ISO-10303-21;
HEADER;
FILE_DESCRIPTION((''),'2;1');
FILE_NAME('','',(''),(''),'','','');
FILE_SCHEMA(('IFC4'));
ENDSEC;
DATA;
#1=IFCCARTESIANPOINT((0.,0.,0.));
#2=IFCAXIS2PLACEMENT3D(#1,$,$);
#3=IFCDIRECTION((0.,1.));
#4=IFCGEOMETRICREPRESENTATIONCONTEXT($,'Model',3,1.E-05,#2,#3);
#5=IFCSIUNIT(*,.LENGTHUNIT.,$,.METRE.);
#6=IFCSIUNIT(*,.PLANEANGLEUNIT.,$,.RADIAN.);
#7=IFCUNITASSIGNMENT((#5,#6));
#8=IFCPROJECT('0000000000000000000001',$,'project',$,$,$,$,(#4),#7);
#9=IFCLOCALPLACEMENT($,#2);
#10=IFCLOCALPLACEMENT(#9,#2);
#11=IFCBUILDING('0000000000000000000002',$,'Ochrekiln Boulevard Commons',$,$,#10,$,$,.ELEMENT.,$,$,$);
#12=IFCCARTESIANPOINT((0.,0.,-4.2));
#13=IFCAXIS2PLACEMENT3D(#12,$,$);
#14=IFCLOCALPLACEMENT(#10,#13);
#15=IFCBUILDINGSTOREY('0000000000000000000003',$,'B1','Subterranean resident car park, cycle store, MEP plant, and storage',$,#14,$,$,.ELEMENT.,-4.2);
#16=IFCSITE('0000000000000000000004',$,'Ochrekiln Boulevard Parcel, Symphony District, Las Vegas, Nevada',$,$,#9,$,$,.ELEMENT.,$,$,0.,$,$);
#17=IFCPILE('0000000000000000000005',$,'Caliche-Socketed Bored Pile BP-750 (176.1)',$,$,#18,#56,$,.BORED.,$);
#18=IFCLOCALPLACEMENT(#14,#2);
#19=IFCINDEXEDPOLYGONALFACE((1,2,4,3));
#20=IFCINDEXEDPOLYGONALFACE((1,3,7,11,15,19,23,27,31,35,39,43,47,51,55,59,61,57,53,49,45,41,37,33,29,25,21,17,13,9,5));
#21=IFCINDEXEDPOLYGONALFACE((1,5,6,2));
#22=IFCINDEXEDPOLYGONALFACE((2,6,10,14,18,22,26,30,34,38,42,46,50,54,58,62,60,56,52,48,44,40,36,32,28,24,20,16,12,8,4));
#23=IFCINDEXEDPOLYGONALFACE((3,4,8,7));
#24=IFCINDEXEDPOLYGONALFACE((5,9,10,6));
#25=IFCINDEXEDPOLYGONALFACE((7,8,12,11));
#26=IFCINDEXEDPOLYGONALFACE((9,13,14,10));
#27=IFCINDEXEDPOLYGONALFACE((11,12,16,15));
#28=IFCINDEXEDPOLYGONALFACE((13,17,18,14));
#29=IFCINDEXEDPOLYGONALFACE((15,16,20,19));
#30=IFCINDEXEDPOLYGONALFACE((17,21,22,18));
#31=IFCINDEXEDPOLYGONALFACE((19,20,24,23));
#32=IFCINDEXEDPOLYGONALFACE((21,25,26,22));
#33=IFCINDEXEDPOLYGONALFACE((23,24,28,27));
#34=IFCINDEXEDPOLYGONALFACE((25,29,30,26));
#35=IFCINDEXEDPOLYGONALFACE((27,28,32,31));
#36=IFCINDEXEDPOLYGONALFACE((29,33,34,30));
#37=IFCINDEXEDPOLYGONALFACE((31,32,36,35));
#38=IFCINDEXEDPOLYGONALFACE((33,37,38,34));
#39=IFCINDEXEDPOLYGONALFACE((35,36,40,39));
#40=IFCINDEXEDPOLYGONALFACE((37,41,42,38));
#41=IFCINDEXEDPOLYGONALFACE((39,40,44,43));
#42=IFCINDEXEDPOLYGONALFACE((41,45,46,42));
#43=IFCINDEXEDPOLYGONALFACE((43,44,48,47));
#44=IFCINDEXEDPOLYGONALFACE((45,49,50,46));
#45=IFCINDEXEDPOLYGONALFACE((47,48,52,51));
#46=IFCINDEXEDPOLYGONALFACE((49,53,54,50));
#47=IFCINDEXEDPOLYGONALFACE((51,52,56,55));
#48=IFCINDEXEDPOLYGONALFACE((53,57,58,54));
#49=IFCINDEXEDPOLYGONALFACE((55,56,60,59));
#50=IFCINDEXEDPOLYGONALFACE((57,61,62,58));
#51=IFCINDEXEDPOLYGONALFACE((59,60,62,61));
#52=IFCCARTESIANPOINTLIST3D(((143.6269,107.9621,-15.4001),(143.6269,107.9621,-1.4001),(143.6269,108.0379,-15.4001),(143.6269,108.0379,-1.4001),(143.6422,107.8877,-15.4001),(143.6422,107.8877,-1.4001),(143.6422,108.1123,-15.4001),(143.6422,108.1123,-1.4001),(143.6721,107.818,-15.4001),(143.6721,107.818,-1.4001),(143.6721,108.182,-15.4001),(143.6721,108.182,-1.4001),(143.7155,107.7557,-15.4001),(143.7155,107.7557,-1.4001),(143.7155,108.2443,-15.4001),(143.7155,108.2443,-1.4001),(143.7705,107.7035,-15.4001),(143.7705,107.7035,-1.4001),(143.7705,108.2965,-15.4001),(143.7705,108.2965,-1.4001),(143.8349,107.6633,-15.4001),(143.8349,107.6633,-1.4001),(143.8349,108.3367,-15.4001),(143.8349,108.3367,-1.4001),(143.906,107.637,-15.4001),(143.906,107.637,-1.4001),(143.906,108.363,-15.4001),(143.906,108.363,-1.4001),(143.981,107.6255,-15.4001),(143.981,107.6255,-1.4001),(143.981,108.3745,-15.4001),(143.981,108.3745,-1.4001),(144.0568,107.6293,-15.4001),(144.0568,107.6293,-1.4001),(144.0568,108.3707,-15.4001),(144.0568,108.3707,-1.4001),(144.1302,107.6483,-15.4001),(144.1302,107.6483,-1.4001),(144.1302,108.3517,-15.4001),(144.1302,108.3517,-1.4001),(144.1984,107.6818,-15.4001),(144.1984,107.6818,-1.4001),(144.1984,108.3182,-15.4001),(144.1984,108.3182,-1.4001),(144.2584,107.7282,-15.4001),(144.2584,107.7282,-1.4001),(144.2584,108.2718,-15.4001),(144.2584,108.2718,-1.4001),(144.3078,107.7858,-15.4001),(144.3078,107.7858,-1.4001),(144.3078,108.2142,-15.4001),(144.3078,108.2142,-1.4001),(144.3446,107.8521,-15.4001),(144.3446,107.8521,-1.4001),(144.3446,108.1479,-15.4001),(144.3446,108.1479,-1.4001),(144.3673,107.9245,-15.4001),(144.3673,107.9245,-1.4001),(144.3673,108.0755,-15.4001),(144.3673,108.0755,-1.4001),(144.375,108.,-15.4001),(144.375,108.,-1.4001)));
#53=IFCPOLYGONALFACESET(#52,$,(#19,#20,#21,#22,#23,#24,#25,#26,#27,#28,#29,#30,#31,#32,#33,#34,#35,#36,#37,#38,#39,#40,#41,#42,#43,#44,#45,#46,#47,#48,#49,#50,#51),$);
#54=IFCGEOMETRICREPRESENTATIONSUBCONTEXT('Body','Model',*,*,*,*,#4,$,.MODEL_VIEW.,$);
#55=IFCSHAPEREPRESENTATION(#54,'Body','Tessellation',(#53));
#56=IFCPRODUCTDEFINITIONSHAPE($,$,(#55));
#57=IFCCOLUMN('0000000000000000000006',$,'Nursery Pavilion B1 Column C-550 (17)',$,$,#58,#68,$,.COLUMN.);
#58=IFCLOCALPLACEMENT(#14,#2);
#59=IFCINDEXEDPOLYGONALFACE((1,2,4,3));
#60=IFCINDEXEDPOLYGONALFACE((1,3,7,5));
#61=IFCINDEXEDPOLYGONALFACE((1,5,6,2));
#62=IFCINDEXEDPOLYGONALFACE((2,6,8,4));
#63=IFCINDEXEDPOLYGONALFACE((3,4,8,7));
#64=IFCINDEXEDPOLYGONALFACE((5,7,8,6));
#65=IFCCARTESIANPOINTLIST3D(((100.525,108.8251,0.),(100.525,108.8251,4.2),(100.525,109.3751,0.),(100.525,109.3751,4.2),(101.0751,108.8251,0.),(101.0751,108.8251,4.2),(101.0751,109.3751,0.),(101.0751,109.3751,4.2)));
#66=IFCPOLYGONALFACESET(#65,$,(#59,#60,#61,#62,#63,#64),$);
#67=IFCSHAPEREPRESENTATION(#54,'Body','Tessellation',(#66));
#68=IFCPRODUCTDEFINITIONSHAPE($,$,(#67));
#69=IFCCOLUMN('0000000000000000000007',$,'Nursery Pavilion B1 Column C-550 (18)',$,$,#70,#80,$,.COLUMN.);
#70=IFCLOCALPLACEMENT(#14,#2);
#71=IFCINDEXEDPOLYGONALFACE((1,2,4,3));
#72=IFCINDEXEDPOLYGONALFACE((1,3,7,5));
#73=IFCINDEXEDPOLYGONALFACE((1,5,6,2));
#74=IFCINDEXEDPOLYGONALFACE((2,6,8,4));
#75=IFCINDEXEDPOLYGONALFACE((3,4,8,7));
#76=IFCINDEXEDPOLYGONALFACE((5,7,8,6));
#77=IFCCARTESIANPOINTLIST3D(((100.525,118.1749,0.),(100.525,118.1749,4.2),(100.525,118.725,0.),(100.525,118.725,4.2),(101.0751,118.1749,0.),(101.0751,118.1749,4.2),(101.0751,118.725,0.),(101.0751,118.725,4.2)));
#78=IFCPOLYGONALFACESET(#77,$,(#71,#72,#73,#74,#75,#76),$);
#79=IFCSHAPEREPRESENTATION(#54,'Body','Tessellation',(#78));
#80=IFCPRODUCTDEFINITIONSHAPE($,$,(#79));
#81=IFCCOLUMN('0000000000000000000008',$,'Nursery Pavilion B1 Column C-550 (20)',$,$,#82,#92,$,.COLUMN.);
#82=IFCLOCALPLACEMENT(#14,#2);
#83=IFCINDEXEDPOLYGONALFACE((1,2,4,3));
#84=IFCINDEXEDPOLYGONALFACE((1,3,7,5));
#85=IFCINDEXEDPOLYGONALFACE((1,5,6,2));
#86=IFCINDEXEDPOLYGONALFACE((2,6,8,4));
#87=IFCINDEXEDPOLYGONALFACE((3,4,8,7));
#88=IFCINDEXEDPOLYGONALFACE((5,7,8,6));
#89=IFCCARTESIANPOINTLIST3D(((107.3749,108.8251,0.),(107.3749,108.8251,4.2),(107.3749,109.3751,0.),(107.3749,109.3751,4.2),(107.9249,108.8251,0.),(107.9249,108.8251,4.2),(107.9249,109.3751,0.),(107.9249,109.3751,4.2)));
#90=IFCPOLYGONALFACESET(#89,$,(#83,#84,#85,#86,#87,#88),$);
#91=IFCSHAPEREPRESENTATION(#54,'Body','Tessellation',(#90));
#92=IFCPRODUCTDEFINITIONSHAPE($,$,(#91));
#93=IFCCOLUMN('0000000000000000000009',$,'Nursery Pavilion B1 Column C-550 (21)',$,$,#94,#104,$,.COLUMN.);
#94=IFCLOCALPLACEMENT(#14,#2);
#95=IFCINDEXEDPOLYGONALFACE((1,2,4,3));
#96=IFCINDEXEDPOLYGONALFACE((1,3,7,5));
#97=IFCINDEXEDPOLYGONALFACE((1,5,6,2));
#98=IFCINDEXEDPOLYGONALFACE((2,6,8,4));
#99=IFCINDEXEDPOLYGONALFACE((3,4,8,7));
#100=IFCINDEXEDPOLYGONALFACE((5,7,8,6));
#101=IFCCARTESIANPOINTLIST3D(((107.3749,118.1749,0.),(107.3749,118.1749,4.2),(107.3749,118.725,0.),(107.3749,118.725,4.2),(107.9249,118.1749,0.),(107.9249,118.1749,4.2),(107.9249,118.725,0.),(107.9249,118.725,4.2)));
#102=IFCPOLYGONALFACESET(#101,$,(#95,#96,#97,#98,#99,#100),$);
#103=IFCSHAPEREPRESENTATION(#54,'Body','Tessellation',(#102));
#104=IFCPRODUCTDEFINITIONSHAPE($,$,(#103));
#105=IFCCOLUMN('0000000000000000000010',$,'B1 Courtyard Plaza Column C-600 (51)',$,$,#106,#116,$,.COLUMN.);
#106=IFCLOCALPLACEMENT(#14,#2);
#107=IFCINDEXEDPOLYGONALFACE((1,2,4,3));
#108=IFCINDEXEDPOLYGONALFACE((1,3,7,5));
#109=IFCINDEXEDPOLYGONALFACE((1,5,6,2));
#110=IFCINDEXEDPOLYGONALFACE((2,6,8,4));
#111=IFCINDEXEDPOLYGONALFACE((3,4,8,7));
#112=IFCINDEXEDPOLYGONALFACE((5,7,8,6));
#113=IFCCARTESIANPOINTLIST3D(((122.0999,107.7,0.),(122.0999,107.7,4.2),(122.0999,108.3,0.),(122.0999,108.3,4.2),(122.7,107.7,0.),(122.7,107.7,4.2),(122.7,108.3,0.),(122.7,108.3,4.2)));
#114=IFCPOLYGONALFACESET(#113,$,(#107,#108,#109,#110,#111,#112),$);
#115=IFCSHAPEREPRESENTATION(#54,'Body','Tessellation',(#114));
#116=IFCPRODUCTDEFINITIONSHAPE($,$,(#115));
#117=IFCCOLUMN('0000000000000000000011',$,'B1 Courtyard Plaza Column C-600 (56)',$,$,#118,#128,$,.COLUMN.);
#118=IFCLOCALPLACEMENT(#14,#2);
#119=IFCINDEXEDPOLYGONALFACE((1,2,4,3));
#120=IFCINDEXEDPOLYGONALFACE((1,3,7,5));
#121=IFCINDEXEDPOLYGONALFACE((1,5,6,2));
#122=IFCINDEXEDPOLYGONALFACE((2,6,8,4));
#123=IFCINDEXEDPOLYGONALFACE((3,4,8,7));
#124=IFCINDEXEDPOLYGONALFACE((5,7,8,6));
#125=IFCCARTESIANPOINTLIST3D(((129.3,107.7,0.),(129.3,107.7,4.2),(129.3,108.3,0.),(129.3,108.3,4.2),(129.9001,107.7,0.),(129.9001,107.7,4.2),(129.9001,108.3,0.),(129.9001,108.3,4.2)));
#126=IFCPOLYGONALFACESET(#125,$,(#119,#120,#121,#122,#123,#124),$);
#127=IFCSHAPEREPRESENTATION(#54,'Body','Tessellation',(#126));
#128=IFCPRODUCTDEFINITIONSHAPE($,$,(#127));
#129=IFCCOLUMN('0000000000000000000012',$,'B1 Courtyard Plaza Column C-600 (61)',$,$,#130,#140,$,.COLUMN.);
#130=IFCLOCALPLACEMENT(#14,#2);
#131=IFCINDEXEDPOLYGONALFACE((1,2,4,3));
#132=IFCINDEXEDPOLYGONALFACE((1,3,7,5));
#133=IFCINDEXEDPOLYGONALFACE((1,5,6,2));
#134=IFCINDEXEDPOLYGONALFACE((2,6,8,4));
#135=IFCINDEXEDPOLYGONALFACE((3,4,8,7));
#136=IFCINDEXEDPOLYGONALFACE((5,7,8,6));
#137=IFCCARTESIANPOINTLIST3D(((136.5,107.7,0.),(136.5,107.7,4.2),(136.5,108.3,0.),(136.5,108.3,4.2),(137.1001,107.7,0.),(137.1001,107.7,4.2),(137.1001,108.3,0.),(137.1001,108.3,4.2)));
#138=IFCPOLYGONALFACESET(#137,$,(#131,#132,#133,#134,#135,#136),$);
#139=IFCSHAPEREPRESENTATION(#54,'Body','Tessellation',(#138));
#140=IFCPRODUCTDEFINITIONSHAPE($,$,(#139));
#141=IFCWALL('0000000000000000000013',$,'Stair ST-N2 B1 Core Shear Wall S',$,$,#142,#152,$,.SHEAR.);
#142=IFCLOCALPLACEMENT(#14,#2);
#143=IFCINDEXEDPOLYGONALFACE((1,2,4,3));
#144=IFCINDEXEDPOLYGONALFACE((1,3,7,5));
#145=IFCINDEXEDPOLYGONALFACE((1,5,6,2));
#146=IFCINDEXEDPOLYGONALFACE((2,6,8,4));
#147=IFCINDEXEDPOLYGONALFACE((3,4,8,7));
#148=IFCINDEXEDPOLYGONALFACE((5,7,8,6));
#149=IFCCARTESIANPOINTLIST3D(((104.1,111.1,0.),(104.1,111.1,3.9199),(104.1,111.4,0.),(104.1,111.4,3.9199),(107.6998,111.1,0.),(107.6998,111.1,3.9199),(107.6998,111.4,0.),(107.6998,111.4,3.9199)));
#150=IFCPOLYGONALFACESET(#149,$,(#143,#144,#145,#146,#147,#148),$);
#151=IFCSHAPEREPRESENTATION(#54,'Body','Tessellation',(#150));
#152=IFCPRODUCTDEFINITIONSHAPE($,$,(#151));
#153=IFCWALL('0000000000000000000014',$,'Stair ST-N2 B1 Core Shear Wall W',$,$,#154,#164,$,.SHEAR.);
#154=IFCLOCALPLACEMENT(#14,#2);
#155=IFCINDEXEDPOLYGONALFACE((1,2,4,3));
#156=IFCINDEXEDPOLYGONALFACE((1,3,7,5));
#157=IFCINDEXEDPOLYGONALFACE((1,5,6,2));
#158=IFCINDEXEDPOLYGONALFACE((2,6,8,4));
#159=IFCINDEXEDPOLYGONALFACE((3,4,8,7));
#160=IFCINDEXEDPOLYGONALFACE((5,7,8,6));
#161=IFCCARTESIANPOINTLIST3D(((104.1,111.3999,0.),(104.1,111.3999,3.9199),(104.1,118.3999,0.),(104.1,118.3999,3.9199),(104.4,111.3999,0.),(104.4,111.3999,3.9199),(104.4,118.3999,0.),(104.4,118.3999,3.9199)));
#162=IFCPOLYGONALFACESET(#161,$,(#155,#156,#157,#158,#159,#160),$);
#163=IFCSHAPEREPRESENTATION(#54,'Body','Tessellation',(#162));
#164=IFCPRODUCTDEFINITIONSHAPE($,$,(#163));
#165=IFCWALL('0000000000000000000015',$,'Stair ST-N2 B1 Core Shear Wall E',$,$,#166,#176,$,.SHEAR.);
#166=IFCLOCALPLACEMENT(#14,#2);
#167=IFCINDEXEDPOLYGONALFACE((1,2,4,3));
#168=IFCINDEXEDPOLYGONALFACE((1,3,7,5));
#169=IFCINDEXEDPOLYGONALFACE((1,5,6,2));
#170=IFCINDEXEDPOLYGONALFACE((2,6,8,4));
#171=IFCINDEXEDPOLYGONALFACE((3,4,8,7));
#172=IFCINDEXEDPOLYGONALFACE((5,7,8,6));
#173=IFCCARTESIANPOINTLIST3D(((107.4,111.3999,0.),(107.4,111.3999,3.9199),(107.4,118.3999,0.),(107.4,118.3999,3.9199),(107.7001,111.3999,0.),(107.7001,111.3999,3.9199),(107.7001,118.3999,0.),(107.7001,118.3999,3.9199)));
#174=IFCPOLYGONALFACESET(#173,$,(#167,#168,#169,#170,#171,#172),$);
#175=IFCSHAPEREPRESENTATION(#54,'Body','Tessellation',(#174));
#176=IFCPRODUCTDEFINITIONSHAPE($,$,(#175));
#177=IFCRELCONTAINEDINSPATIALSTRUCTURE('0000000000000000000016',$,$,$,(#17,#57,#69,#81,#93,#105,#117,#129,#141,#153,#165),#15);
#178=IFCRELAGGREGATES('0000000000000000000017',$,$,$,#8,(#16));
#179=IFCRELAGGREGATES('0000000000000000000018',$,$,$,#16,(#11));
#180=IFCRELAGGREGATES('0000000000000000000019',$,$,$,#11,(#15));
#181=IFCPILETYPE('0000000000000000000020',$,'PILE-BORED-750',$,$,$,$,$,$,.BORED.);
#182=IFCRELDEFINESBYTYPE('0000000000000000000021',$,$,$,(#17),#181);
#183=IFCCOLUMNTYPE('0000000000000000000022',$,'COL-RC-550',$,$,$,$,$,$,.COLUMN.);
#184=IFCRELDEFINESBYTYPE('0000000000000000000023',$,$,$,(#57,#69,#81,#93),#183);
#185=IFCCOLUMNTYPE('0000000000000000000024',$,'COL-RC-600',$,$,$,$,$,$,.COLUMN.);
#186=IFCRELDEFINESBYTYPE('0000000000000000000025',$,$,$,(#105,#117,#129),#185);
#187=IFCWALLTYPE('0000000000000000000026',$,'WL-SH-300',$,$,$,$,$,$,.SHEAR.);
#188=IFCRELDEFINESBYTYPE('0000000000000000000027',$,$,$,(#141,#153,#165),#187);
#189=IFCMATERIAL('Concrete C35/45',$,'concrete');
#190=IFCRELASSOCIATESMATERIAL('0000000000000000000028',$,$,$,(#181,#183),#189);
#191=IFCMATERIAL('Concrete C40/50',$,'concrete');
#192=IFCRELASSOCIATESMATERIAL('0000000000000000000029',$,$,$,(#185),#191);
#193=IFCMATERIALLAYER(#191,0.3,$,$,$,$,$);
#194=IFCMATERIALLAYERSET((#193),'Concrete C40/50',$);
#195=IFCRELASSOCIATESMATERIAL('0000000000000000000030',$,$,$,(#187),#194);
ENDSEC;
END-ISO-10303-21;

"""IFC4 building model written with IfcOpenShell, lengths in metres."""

from ifc_helpers import new_model, si_unit, direction, frame, frame_2d, origin, origin_2d, place, context, subcontext, project, spatial, rectangle, circle, extrude, material, layer, layer_set, material_profile, profile_set, type_object, element, save


model = new_model("IFC4")

# Units and contexts
model_context = context("Model", 3, precision=1e-05, world=origin(), true_north=direction((0.0, 1.0)))
body_context = subcontext(model_context, "Body", "Model", "MODEL_VIEW")
ifc_project = project(units=[si_unit("LENGTHUNIT", "METRE"), si_unit("PLANEANGLEUNIT", "RADIAN")], contexts=[model_context])

# Site, building, storey
site_placement = place(None, origin())
site = spatial("IfcSite", under=ifc_project, at=site_placement, Name="Ochrekiln Boulevard Parcel, Symphony District, Las Vegas, Nevada", CompositionType="ELEMENT", RefElevation=0.0)
building_placement = place(site_placement, origin())
building = spatial("IfcBuilding", under=site, at=building_placement, Name="Ochrekiln Boulevard Commons", CompositionType="ELEMENT")
storey_placement = place(building_placement, frame((0.0, 0.0, -4.2)))
storey = spatial("IfcBuildingStorey", under=building, at=storey_placement, Name="B1", Description="Subterranean resident car park, cycle store, MEP plant, and storage", CompositionType="ELEMENT", Elevation=-4.2)

# Shared definitions
ifc_material_1 = material(Name="Concrete C35/45", Category="concrete")

# Pile
ifc_material_profile_1 = material_profile(ifc_material_1, circle(Radius=0.375, at=origin_2d()), Name="PILE-D750")
ifc_profile_set_1 = profile_set([ifc_material_profile_1], Name="Concrete C35/45")
pile_type = type_object("IfcPileType", Name="PILE-BORED-750", PredefinedType="BORED", material=ifc_profile_set_1)
for number, where, z_axis, x_axis, name in (
    (1, (144.0, 108.0, -1.4001), (0.0, 0.0, -1.0), (1.0, 0.0, 0.0), "Caliche-Socketed Bored Pile BP-750 (176.1)"),
):
    element("IfcPile", number, at=place(storey_placement, frame(where, z_axis=z_axis, x_axis=x_axis)), inside=storey, type_object=pile_type, Name=name, PredefinedType="BORED", context=body_context, shape_type="SweptSolid", body=[
        extrude(circle(Radius=0.375, at=origin_2d()), origin(), (0.0, 0.0, 1.0), 14.0),
    ])

# Columns
ifc_material_profile_2 = material_profile(ifc_material_1, rectangle(XDim=0.55, YDim=0.55, at=origin_2d()), Name="RC-COL-550x550")
ifc_profile_set_2 = profile_set([ifc_material_profile_2], Name="Concrete C35/45")
column_type_1 = type_object("IfcColumnType", Name="COL-RC-550", PredefinedType="COLUMN", material=ifc_profile_set_2)
for number, where, z_axis, x_axis, name in (
    (2, (100.8, 109.1001, 0.0), (0.0, 0.0, 1.0), (1.0, 0.0, 0.0), "Nursery Pavilion B1 Column C-550 (17)"),
    (3, (100.8, 118.45, 0.0), (0.0, 0.0, 1.0), (1.0, 0.0, 0.0), "Nursery Pavilion B1 Column C-550 (18)"),
    (4, (107.6499, 109.1001, 0.0), (0.0, 0.0, 1.0), (1.0, 0.0, 0.0), "Nursery Pavilion B1 Column C-550 (20)"),
    (5, (107.6499, 118.45, 0.0), (0.0, 0.0, 1.0), (1.0, 0.0, 0.0), "Nursery Pavilion B1 Column C-550 (21)"),
):
    element("IfcColumn", number, at=place(storey_placement, frame(where, z_axis=z_axis, x_axis=x_axis)), inside=storey, type_object=column_type_1, Name=name, PredefinedType="COLUMN", context=body_context, shape_type="SweptSolid", body=[
        extrude(rectangle(XDim=0.55, YDim=0.55, at=origin_2d()), origin(), (0.0, 0.0, 1.0), 4.2),
    ])
ifc_material_2 = material(Name="Concrete C40/50", Category="concrete")
ifc_material_profile_3 = material_profile(ifc_material_2, rectangle(XDim=0.6001, YDim=0.6001, at=origin_2d()), Name="RC-COL-600x600")
ifc_profile_set_3 = profile_set([ifc_material_profile_3], Name="Concrete C40/50")
column_type_2 = type_object("IfcColumnType", Name="COL-RC-600", PredefinedType="COLUMN", material=ifc_profile_set_3)
for number, where, z_axis, x_axis, name in (
    (6, (122.3999, 108.0, 0.0), (0.0, 0.0, 1.0), (1.0, 0.0, 0.0), "B1 Courtyard Plaza Column C-600 (51)"),
    (7, (129.6001, 108.0, 0.0), (0.0, 0.0, 1.0), (1.0, 0.0, 0.0), "B1 Courtyard Plaza Column C-600 (56)"),
    (8, (136.8, 108.0, 0.0), (0.0, 0.0, 1.0), (1.0, 0.0, 0.0), "B1 Courtyard Plaza Column C-600 (61)"),
):
    element("IfcColumn", number, at=place(storey_placement, frame(where, z_axis=z_axis, x_axis=x_axis)), inside=storey, type_object=column_type_2, Name=name, PredefinedType="COLUMN", context=body_context, shape_type="SweptSolid", body=[
        extrude(rectangle(XDim=0.6001, YDim=0.6001, at=origin_2d()), origin(), (0.0, 0.0, 1.0), 4.2),
    ])

# Walls
ifc_layer = layer(ifc_material_2, 0.3)
ifc_layer_set = layer_set([ifc_layer], Name="Concrete C40/50")
wall_type = type_object("IfcWallType", Name="WL-SH-300", PredefinedType="SHEAR", material=ifc_layer_set)
wall_placement = place(storey_placement, frame((104.1001, 111.25, 0.0), z_axis=(0.0, 0.0, 1.0), x_axis=(1.0, 0.0, 0.0)))
element("IfcWall", 9, at=wall_placement, inside=storey, type_object=wall_type, Name="Stair ST-N2 B1 Core Shear Wall S", PredefinedType="SHEAR", context=body_context, shape_type="SweptSolid", body=[
    extrude(rectangle(XDim=3.5999, YDim=0.3, at=frame_2d((1.7998, 0.0))), origin(), (0.0, 0.0, 1.0), 3.9199),
])
for number, where, z_axis, x_axis, name in (
    (10, (104.25, 111.3999, 0.0), (0.0, 0.0, 1.0), (0.0, 1.0, 0.0), "Stair ST-N2 B1 Core Shear Wall W"),
    (11, (107.55, 111.3999, 0.0), (0.0, 0.0, 1.0), (0.0, 1.0, 0.0), "Stair ST-N2 B1 Core Shear Wall E"),
):
    element("IfcWall", number, at=place(storey_placement, frame(where, z_axis=z_axis, x_axis=x_axis)), inside=storey, type_object=wall_type, Name=name, PredefinedType="SHEAR", context=body_context, shape_type="SweptSolid", body=[
        extrude(rectangle(XDim=7.0, YDim=0.3, at=frame_2d((3.5, 0.0))), origin(), (0.0, 0.0, 1.0), 3.9199),
    ])

save(model, "model.ifc")
